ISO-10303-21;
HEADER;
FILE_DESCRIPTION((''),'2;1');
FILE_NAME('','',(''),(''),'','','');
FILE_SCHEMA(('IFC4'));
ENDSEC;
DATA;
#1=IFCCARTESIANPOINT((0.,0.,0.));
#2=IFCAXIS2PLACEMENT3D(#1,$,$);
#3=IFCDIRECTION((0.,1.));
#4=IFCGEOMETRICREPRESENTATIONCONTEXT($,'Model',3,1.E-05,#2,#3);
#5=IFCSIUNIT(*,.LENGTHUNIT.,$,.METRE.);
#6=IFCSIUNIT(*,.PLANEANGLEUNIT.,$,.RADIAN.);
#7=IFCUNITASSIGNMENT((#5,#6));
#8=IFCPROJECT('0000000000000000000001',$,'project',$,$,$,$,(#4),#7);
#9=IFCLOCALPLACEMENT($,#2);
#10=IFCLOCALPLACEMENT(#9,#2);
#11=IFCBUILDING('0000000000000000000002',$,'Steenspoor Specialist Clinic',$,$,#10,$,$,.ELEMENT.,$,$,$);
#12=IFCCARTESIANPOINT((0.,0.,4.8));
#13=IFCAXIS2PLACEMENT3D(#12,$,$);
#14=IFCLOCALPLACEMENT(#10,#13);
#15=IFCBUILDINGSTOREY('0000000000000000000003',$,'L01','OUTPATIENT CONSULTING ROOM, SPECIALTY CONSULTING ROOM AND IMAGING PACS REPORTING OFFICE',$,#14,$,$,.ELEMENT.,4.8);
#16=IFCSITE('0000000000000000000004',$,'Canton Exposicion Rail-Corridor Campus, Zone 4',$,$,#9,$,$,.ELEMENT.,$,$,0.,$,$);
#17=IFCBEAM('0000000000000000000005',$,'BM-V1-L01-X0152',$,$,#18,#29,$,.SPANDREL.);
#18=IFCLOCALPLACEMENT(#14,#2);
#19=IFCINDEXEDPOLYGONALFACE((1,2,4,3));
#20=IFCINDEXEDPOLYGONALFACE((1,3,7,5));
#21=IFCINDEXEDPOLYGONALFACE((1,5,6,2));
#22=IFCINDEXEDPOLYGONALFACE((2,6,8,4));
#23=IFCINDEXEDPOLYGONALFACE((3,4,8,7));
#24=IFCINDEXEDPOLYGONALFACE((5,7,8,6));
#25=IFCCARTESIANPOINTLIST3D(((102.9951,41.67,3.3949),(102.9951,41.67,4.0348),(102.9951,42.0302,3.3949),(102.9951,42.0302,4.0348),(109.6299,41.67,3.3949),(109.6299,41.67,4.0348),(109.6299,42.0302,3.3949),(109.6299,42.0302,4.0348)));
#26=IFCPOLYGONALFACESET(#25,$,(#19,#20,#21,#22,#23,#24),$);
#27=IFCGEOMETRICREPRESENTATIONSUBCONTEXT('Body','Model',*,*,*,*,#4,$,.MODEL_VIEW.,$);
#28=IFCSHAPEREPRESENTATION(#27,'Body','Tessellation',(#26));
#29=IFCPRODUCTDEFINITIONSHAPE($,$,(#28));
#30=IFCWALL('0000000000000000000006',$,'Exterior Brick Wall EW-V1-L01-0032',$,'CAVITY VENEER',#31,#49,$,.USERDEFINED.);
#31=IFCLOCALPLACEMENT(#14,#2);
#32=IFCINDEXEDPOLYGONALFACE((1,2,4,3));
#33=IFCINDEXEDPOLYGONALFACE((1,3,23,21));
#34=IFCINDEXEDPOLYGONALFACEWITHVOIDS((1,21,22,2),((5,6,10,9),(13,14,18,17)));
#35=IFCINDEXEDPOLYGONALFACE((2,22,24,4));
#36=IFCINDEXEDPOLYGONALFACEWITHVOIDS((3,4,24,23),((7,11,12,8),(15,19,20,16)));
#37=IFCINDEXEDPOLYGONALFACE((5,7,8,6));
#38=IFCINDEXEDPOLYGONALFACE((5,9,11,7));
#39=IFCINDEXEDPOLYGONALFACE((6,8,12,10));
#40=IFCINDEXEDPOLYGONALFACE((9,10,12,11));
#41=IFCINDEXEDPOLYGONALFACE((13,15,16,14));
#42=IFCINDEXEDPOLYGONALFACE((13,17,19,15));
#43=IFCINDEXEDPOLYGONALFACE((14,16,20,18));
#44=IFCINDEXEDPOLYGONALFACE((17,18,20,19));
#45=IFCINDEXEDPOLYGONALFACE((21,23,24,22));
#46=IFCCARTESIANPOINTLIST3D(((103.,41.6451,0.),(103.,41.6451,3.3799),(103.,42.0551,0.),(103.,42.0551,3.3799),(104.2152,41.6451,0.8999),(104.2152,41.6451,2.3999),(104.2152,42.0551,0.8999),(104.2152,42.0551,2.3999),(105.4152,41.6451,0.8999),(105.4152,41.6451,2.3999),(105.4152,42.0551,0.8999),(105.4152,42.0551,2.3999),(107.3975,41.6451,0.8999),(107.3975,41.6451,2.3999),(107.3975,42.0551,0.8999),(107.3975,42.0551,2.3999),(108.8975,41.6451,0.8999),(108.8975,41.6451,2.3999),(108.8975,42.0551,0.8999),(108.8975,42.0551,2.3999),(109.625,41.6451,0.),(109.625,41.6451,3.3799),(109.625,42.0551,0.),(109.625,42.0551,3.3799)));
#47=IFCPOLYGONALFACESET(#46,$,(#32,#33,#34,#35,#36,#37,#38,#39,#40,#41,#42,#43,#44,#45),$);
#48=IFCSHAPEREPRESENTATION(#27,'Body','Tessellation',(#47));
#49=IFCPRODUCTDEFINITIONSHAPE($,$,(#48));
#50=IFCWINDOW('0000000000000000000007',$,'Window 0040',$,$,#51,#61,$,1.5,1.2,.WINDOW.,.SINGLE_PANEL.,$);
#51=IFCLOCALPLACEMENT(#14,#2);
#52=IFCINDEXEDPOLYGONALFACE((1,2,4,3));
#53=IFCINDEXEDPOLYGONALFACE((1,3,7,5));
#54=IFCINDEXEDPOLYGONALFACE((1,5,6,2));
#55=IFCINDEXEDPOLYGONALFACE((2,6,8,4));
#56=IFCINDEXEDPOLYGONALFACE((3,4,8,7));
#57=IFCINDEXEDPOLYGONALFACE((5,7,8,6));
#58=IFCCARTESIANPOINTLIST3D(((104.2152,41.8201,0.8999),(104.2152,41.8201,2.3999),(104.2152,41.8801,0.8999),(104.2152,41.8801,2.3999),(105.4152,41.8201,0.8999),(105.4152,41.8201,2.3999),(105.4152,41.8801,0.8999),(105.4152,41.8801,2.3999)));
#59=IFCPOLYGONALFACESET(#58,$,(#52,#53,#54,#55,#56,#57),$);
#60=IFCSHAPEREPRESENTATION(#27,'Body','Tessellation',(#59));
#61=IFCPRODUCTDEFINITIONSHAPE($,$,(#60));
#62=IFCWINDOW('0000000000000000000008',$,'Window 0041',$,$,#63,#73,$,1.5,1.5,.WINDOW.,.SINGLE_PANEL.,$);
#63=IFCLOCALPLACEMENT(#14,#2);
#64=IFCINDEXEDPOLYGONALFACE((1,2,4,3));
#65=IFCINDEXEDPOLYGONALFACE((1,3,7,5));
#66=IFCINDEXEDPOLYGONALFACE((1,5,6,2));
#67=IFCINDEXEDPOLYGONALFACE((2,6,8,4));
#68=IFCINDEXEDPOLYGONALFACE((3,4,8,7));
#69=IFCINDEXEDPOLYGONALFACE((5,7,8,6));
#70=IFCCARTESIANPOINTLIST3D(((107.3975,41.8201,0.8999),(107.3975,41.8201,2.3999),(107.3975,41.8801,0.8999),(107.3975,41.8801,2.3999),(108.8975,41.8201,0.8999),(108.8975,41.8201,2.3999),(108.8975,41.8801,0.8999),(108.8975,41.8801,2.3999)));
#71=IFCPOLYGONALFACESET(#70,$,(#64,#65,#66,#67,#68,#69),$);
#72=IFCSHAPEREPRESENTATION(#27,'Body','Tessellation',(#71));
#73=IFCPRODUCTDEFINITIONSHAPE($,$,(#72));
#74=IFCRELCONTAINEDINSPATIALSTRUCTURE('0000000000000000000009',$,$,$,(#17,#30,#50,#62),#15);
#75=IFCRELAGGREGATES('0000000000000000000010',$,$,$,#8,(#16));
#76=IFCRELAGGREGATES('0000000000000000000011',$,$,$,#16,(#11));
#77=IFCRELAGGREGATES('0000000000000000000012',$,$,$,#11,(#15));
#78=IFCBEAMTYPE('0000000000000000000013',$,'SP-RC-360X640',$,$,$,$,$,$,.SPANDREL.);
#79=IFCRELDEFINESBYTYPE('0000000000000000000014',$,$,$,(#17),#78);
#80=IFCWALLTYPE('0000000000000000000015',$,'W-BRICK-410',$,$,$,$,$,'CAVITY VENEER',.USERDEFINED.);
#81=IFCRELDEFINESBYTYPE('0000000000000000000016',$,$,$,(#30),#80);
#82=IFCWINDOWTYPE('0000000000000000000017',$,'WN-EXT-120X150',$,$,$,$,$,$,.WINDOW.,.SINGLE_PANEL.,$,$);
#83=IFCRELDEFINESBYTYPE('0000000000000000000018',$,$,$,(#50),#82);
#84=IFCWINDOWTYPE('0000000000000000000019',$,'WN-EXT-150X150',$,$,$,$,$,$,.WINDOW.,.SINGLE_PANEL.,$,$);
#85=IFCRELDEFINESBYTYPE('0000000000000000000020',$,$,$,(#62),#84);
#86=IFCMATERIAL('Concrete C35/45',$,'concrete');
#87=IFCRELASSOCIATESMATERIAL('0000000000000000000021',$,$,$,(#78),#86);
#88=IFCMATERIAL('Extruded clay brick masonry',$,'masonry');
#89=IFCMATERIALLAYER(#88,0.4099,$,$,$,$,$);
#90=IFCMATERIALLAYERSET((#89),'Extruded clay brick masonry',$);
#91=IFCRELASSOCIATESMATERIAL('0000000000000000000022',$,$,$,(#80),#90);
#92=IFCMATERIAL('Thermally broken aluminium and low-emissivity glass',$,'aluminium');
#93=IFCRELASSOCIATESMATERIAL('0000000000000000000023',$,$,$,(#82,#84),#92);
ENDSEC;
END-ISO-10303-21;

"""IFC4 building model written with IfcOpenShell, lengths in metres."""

from ifc_helpers import new_model, si_unit, direction, frame, frame_2d, origin, origin_2d, place, context, subcontext, project, spatial, rectangle, extrude, material, layer, layer_set, material_profile, profile_set, type_object, element, fill, save


model = new_model("IFC4")

# Units and contexts
model_context = context("Model", 3, precision=1e-05, world=origin(), true_north=direction((0.0, 1.0)))
body_context = subcontext(model_context, "Body", "Model", "MODEL_VIEW")
ifc_project = project(units=[si_unit("LENGTHUNIT", "METRE"), si_unit("PLANEANGLEUNIT", "RADIAN")], contexts=[model_context])

# Site, building, storey
site_placement = place(None, origin())
site = spatial("IfcSite", under=ifc_project, at=site_placement, Name="Canton Exposicion Rail-Corridor Campus, Zone 4", CompositionType="ELEMENT", RefElevation=0.0)
building_placement = place(site_placement, origin())
building = spatial("IfcBuilding", under=site, at=building_placement, Name="Steenspoor Specialist Clinic", CompositionType="ELEMENT")
storey_placement = place(building_placement, frame((0.0, 0.0, 4.8)))
storey = spatial("IfcBuildingStorey", under=building, at=storey_placement, Name="L01", Description="OUTPATIENT CONSULTING ROOM, SPECIALTY CONSULTING ROOM AND IMAGING PACS REPORTING OFFICE", CompositionType="ELEMENT", Elevation=4.8)

# Shared definitions
ifc_material_1 = material(Name="Thermally broken aluminium and low-emissivity glass", Category="aluminium")

# Beam
ifc_material_2 = material(Name="Concrete C35/45", Category="concrete")
ifc_material_profile_1 = material_profile(ifc_material_2, rectangle(XDim=0.3601, YDim=0.6399, at=origin_2d()), Name="RC-SP-360X640")
ifc_profile_set_1 = profile_set([ifc_material_profile_1], Name="Concrete C35/45")
beam_type = type_object("IfcBeamType", Name="SP-RC-360X640", PredefinedType="SPANDREL", material=ifc_profile_set_1)
beam_placement = place(storey_placement, frame((102.9951, 41.8501, 3.7148), z_axis=(1.0, 0.0, 0.0), x_axis=(0.0, 1.0, 0.0)))
element("IfcBeam", 1, at=beam_placement, inside=storey, type_object=beam_type, Name="BM-V1-L01-X0152", PredefinedType="SPANDREL", context=body_context, shape_type="SweptSolid", body=[
    extrude(rectangle(XDim=0.3601, YDim=0.6399, at=origin_2d()), origin(), (0.0, 0.0, 1.0), 6.6348),
])

# Wall, openings, windows
ifc_material_3 = material(Name="Extruded clay brick masonry", Category="masonry")
ifc_layer = layer(ifc_material_3, 0.4099)
ifc_layer_set = layer_set([ifc_layer], Name="Extruded clay brick masonry")
wall_type = type_object("IfcWallType", Name="W-BRICK-410", ElementType="CAVITY VENEER", PredefinedType="USERDEFINED", material=ifc_layer_set)
wall_placement = place(storey_placement, frame((103.0, 41.8501, 0.0), z_axis=(0.0, 0.0, 1.0), x_axis=(1.0, 0.0, 0.0)))
wall = element("IfcWall", 2, at=wall_placement, inside=storey, type_object=wall_type, Name="Exterior Brick Wall EW-V1-L01-0032", ObjectType="CAVITY VENEER", PredefinedType="USERDEFINED", context=body_context, shape_type="SweptSolid", body=[
    extrude(rectangle(XDim=6.625, YDim=0.4099, at=frame_2d((3.3125, 0.0))), origin(), (0.0, 0.0, 1.0), 3.3799),
])
opening_1_placement = place(wall_placement, frame((1.2151, 0.0, 0.8999)))
opening_1 = element("IfcOpeningElement", 3, at=opening_1_placement, cuts=wall, PredefinedType="OPENING", context=body_context, shape_type="SweptSolid", body=[
    extrude(rectangle(XDim=1.2, YDim=1.5, at=frame_2d((0.6001, 0.75))), frame((0.0, 0.2148, 0.0), z_axis=(0.0, -1.0, 0.0), x_axis=(1.0, 0.0, 0.0)), (0.0, 0.0, 1.0), 0.4299),
])
opening_2_placement = place(wall_placement, frame((4.3975, 0.0, 0.8999)))
opening_2 = element("IfcOpeningElement", 4, at=opening_2_placement, cuts=wall, PredefinedType="OPENING", context=body_context, shape_type="SweptSolid", body=[
    extrude(rectangle(XDim=1.5, YDim=1.5, at=frame_2d((0.75, 0.75))), frame((0.0, 0.2148, 0.0), z_axis=(0.0, -1.0, 0.0), x_axis=(1.0, 0.0, 0.0)), (0.0, 0.0, 1.0), 0.4299),
])
window_type_1 = type_object("IfcWindowType", Name="WN-EXT-120X150", PartitioningType="SINGLE_PANEL", PredefinedType="WINDOW", material=ifc_material_1)
window_1_placement = place(opening_1_placement, origin())
window_1 = element("IfcWindow", 5, at=window_1_placement, inside=storey, type_object=window_type_1, Name="Window 0040", OverallHeight=1.5, OverallWidth=1.2, PartitioningType="SINGLE_PANEL", PredefinedType="WINDOW", context=body_context, shape_type="SweptSolid", body=[
    extrude(rectangle(XDim=1.2, YDim=1.5, at=frame_2d((0.6001, 0.75))), frame((0.0, 0.03, 0.0), z_axis=(0.0, -1.0, 0.0), x_axis=(1.0, 0.0, 0.0)), (0.0, 0.0, 1.0), 0.0601),
])
fill(opening_1, window_1)
window_type_2 = type_object("IfcWindowType", Name="WN-EXT-150X150", PartitioningType="SINGLE_PANEL", PredefinedType="WINDOW", material=ifc_material_1)
window_2_placement = place(opening_2_placement, origin())
window_2 = element("IfcWindow", 6, at=window_2_placement, inside=storey, type_object=window_type_2, Name="Window 0041", OverallHeight=1.5, OverallWidth=1.5, PartitioningType="SINGLE_PANEL", PredefinedType="WINDOW", context=body_context, shape_type="SweptSolid", body=[
    extrude(rectangle(XDim=1.5, YDim=1.5, at=frame_2d((0.75, 0.75))), frame((0.0, 0.03, 0.0), z_axis=(0.0, -1.0, 0.0), x_axis=(1.0, 0.0, 0.0)), (0.0, 0.0, 1.0), 0.0601),
])
fill(opening_2, window_2)

save(model, "model.ifc")
